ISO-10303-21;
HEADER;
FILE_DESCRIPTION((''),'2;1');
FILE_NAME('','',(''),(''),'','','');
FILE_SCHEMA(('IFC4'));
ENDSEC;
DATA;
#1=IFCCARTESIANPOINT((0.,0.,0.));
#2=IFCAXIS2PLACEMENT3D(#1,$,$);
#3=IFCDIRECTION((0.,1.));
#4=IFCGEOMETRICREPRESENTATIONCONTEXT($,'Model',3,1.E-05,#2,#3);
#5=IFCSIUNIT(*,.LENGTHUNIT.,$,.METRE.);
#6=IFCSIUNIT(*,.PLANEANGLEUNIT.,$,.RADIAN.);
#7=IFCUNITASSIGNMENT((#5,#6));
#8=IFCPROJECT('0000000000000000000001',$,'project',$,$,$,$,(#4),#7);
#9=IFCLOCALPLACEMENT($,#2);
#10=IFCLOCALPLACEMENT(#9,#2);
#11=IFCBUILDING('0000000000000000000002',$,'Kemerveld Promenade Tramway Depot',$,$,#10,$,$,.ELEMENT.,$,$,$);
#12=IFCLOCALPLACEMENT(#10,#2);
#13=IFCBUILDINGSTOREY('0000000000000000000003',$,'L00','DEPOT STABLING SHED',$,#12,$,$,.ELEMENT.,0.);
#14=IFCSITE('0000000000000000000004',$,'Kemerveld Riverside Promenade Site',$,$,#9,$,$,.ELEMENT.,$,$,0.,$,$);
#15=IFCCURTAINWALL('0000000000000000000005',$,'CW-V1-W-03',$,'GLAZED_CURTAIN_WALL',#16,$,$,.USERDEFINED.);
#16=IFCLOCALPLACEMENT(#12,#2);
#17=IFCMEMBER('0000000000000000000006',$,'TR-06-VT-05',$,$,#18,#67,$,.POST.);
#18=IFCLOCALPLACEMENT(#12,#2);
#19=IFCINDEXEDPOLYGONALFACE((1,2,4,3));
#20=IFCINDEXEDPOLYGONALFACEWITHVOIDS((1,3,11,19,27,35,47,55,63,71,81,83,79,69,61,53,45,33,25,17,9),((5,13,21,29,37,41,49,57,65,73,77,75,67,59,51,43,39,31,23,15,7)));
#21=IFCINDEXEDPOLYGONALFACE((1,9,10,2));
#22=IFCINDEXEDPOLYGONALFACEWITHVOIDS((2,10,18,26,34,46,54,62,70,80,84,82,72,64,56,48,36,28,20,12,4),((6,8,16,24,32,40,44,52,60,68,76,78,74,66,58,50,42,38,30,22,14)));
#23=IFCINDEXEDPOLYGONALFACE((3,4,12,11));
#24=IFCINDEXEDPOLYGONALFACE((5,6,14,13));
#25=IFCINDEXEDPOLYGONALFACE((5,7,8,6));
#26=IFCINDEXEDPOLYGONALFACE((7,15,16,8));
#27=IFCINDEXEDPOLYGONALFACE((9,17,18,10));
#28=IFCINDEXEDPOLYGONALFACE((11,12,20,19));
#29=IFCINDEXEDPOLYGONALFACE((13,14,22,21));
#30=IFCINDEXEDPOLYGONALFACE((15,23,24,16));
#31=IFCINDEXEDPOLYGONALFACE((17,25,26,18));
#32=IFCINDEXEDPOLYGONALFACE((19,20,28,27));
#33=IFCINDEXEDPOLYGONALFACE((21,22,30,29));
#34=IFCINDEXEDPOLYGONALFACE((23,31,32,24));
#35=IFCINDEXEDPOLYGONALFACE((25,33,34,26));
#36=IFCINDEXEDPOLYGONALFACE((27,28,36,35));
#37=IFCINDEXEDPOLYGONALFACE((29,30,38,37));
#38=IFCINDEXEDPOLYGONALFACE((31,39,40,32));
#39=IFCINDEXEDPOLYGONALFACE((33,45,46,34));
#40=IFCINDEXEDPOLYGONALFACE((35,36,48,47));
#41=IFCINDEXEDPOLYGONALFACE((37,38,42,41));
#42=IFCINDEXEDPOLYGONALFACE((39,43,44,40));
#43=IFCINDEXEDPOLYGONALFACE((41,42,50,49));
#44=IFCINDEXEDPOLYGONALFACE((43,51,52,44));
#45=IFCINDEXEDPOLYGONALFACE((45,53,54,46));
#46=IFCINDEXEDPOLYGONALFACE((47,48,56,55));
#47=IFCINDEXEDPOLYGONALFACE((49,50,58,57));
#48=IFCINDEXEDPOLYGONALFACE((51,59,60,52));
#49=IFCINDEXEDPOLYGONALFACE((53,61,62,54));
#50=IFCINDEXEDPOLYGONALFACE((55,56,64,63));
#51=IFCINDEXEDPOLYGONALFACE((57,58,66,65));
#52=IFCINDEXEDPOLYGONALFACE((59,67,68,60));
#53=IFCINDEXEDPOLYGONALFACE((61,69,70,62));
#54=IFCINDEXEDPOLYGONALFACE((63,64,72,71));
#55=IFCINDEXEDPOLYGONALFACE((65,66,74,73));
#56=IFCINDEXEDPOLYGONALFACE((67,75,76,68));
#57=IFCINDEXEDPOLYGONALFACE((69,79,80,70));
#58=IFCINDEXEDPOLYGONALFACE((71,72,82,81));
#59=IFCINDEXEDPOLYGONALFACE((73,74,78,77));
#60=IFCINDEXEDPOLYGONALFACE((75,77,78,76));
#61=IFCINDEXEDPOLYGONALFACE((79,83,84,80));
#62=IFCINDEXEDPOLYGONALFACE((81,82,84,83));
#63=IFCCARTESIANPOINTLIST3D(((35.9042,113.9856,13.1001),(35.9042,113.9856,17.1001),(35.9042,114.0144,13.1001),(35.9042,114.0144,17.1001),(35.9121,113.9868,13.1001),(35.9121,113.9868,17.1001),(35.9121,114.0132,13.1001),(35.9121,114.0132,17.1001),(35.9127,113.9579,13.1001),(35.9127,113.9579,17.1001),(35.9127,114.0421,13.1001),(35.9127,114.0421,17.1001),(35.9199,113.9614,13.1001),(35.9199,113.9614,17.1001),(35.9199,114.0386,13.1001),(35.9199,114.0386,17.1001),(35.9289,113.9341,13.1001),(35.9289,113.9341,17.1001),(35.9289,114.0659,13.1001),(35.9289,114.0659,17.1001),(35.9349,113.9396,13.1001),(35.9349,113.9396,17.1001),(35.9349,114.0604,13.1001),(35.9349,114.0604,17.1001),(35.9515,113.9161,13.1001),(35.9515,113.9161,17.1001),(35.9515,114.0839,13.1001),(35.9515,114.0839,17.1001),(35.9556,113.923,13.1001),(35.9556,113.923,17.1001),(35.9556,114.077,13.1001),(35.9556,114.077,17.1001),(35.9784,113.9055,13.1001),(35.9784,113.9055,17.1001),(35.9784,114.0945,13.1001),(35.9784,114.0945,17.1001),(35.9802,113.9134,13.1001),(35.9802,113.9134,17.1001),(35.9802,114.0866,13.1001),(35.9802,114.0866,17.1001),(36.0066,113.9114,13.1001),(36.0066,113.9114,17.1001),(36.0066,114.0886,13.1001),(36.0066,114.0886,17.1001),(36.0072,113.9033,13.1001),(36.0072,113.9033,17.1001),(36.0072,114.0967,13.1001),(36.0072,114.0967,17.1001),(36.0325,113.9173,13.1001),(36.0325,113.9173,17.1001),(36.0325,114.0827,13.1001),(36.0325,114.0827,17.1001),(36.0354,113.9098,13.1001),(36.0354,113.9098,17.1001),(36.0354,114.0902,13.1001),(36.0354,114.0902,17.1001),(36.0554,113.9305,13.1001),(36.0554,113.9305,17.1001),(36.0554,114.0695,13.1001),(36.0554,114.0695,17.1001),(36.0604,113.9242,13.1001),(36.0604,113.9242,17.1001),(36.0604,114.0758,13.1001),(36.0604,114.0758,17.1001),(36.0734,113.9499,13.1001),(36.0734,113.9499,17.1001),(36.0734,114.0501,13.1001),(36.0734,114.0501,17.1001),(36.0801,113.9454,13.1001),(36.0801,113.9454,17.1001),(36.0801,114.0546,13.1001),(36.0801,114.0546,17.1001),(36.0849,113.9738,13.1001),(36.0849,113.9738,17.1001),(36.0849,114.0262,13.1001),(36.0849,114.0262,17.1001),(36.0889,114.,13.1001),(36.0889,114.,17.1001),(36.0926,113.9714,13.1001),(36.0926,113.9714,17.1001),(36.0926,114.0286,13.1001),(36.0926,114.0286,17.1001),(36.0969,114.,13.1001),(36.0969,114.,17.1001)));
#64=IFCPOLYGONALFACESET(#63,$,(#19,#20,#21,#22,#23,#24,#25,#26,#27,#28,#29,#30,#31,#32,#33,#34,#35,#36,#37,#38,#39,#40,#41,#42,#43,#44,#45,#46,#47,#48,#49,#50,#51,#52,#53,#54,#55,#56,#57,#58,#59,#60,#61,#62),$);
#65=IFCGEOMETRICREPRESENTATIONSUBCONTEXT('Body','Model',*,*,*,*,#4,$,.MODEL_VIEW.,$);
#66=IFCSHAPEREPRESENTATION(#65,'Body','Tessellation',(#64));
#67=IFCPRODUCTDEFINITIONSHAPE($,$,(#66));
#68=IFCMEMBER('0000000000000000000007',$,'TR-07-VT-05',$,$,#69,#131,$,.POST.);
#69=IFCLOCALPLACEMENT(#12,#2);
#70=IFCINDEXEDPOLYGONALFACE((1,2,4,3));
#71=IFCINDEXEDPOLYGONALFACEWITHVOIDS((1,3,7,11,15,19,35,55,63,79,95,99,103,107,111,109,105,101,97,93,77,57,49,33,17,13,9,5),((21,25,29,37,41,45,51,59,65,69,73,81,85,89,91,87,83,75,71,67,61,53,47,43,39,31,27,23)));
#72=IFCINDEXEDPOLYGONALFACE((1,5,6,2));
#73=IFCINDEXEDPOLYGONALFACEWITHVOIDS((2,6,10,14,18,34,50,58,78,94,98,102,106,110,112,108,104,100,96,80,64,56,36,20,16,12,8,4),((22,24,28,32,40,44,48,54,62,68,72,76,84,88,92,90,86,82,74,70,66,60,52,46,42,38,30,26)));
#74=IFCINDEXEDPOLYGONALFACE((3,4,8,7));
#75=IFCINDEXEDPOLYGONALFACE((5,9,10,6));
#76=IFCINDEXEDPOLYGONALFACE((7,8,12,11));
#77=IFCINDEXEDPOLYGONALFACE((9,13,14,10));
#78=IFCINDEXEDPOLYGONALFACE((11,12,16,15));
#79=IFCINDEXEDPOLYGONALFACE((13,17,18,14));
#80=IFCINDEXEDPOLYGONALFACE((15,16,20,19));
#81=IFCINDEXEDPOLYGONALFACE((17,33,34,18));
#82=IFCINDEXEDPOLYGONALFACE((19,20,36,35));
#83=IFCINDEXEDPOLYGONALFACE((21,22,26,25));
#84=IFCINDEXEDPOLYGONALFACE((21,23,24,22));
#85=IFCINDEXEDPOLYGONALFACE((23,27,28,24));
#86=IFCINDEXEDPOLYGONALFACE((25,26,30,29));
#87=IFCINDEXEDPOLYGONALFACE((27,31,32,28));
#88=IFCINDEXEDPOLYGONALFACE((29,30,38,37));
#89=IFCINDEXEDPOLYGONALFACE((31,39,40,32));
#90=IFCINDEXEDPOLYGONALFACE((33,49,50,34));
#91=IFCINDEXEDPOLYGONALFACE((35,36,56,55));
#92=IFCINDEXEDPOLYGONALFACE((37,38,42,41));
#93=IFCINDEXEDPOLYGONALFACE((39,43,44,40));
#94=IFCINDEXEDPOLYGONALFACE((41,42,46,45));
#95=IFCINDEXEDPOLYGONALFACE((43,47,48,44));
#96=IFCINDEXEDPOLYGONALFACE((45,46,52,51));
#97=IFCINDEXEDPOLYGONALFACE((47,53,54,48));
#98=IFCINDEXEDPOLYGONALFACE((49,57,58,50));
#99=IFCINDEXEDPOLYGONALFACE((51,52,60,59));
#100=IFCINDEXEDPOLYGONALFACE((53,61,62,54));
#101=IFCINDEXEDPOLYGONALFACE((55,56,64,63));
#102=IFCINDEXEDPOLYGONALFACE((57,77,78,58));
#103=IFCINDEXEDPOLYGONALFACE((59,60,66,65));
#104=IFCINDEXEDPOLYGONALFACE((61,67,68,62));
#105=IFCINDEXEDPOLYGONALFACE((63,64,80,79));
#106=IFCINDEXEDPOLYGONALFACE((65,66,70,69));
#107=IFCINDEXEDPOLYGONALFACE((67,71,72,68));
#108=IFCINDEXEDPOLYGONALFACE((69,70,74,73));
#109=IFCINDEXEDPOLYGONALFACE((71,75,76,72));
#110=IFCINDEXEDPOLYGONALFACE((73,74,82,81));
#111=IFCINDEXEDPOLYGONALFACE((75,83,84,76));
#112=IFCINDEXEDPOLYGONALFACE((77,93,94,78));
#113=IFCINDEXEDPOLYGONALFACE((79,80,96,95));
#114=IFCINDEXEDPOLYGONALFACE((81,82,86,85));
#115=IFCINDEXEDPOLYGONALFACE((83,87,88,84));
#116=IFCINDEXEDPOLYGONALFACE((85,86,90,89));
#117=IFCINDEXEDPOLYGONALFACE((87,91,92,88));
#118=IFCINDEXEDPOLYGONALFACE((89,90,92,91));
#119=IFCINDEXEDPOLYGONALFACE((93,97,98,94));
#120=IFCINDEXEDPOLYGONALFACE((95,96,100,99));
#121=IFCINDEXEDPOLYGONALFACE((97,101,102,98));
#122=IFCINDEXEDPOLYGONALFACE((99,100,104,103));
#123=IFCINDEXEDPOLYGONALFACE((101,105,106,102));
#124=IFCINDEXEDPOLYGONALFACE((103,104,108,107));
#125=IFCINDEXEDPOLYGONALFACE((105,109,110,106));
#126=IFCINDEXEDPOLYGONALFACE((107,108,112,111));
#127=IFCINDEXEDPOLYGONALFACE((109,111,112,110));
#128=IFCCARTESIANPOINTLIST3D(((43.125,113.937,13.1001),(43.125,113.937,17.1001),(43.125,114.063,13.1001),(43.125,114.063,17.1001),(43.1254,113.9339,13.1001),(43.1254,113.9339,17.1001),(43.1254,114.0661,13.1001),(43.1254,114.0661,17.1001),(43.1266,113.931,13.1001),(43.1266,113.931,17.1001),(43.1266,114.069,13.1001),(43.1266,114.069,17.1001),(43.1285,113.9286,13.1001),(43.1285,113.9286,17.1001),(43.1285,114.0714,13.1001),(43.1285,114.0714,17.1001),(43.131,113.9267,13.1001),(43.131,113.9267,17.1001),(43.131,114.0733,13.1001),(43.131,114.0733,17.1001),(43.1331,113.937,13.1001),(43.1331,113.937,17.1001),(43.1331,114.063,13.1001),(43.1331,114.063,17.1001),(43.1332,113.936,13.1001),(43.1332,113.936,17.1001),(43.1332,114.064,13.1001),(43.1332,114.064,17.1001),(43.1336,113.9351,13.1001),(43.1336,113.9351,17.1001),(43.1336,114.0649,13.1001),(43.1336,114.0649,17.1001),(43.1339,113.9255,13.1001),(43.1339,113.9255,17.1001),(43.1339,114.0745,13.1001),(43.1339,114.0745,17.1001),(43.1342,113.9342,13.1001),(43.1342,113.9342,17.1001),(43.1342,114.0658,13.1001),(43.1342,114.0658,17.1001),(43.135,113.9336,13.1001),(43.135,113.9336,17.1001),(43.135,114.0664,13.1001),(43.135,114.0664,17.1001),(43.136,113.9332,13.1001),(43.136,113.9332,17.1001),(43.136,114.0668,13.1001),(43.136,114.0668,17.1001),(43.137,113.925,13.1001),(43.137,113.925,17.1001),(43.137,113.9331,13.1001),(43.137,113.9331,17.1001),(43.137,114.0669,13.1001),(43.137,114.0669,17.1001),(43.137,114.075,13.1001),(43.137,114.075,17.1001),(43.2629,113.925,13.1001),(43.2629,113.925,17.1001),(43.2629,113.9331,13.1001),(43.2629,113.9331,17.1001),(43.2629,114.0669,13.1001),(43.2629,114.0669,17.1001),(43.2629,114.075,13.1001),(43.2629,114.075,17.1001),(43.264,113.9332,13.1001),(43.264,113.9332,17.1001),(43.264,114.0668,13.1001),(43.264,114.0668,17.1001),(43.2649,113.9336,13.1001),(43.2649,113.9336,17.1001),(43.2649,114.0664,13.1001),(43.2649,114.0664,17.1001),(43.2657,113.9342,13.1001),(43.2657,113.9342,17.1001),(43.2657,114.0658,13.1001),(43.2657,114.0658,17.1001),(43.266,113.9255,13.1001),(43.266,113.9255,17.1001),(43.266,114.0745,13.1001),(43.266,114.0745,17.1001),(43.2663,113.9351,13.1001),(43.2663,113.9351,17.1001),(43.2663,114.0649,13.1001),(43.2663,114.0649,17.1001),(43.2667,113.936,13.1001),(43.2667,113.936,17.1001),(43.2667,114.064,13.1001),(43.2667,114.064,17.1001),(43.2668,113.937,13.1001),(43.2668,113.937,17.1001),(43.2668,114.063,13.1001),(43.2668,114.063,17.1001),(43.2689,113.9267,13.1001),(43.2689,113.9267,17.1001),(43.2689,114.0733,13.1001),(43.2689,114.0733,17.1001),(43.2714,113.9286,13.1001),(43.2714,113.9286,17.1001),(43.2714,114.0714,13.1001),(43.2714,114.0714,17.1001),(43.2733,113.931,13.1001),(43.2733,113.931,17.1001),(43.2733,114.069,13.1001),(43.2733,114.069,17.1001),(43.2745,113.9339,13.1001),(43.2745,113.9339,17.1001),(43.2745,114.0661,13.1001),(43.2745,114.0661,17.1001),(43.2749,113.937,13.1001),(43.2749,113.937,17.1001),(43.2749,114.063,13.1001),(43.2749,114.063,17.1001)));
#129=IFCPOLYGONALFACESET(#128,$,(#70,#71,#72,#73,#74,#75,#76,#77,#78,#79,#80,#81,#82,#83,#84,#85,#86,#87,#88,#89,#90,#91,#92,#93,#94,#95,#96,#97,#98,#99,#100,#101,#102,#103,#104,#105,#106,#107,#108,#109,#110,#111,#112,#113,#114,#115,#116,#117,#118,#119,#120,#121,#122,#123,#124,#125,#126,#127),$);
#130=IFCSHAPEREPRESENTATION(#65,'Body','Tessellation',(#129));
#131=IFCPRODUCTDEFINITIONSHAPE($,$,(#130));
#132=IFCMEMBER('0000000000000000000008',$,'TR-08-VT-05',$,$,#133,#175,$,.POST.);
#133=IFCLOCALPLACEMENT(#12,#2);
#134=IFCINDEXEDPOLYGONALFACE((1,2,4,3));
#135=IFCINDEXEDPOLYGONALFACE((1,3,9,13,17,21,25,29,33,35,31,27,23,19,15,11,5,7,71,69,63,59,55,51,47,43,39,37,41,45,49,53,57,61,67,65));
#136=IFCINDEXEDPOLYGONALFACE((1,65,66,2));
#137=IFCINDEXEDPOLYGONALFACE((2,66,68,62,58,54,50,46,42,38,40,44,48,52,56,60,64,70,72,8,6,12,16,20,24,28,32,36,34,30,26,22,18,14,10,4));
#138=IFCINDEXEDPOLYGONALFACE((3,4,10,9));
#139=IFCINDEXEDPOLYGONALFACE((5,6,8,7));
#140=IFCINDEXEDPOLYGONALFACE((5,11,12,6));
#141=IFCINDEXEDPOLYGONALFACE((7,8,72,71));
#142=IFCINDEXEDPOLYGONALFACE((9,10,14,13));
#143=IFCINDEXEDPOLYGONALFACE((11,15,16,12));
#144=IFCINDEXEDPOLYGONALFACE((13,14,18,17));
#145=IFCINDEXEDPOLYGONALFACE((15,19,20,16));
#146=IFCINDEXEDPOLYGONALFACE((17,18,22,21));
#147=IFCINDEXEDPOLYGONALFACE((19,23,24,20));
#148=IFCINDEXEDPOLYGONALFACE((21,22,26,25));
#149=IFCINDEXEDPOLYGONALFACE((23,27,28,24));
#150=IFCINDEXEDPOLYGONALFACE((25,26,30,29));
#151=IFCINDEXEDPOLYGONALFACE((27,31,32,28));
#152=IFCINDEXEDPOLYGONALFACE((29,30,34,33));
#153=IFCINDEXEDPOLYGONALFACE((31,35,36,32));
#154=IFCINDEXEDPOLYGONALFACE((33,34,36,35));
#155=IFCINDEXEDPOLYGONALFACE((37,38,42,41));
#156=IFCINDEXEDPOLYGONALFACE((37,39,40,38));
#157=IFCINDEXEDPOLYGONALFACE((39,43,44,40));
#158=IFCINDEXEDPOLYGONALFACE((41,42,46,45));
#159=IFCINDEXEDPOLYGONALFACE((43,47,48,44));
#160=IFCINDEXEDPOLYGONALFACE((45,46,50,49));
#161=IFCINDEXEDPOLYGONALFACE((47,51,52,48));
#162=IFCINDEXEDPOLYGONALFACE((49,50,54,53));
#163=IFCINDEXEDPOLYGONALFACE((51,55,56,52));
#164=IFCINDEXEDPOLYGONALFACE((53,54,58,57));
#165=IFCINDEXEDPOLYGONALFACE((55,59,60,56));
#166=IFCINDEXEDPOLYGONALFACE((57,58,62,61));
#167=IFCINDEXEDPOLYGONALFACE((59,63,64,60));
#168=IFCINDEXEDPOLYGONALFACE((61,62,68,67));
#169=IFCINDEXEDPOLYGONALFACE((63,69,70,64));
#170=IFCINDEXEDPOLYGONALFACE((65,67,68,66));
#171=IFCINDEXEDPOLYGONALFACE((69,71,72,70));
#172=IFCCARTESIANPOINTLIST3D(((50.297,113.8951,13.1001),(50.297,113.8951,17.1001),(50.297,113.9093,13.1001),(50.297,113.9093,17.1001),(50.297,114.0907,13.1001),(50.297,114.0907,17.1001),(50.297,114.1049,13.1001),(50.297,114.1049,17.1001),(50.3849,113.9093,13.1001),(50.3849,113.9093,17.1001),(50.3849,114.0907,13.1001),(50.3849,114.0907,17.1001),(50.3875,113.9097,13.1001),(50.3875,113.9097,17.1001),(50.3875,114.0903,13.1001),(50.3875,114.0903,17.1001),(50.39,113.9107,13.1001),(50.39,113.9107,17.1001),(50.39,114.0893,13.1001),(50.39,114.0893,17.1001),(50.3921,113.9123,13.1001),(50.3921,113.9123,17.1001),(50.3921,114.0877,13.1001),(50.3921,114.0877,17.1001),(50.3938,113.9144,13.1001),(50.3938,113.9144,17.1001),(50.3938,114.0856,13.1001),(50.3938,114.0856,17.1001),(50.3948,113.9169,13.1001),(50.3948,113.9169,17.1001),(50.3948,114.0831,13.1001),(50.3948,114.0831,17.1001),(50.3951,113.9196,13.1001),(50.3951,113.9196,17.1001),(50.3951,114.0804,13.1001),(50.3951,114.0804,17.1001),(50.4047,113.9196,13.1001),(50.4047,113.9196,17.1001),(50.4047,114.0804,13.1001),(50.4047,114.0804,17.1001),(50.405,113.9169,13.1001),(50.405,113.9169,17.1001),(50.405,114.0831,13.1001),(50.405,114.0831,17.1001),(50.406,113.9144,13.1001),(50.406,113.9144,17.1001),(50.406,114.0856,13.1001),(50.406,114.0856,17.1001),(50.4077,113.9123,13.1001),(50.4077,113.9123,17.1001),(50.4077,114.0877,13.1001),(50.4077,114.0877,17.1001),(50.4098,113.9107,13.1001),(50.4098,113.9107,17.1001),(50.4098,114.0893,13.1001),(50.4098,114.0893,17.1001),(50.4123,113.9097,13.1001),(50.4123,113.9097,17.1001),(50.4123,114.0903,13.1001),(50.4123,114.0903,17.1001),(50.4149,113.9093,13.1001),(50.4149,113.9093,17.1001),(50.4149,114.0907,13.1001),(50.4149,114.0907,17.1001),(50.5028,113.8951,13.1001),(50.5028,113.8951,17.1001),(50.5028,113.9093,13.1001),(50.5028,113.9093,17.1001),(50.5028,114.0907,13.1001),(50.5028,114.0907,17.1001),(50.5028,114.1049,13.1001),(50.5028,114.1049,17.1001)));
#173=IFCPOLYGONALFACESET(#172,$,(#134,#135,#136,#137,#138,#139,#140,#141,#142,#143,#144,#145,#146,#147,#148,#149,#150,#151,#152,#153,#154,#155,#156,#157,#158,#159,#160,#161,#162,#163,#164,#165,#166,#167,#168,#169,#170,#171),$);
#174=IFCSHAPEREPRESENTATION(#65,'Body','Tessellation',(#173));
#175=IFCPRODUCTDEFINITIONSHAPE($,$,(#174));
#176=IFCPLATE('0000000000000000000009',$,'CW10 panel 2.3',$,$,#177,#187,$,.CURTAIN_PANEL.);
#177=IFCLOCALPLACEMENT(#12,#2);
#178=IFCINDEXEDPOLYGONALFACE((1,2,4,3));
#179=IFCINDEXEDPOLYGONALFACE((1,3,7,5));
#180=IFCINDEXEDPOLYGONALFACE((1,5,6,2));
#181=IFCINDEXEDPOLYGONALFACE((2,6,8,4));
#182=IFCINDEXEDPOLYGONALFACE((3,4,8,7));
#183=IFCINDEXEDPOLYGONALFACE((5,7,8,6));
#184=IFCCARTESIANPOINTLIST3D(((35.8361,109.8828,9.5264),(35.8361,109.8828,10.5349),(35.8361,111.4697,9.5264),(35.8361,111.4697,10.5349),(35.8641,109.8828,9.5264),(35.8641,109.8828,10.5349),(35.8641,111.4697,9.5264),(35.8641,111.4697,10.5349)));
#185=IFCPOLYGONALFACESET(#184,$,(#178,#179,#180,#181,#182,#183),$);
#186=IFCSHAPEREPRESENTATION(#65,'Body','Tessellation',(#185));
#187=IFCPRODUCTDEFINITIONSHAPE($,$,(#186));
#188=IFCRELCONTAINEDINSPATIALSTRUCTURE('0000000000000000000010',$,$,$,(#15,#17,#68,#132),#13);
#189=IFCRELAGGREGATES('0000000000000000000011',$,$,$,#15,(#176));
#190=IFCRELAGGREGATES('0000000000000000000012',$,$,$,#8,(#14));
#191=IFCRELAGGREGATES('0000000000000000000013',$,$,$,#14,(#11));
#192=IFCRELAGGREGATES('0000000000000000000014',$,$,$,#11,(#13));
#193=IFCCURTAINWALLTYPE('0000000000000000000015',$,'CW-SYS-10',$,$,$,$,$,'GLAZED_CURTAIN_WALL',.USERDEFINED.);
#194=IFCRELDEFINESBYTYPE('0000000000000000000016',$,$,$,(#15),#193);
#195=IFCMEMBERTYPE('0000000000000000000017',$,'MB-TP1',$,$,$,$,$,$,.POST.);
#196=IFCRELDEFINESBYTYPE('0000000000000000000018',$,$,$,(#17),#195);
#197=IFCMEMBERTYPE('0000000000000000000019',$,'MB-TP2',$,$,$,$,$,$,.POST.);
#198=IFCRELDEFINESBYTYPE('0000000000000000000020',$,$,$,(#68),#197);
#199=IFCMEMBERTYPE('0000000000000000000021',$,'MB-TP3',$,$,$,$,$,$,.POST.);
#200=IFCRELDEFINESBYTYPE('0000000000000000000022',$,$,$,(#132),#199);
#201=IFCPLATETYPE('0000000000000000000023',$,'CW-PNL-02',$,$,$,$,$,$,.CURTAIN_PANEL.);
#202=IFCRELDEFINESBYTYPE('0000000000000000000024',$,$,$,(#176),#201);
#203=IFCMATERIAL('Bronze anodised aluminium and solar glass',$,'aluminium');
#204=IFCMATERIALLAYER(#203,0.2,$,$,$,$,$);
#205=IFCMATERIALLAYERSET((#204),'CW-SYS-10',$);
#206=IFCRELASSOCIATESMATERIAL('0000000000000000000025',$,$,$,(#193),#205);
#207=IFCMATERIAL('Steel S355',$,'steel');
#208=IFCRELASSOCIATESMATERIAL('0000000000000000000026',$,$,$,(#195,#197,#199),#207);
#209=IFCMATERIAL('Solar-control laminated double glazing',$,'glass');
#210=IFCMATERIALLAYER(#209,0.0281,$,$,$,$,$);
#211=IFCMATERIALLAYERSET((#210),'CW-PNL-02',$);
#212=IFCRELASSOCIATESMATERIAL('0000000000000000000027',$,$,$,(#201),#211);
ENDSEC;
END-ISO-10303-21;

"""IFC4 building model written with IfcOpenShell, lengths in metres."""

from ifc_helpers import new_model, si_unit, direction, frame, origin, origin_2d, place, context, subcontext, project, spatial, rectangle, hollow_rectangle, hollow_circle, i_section, extrude, material, layer, layer_set, material_profile, profile_set, type_object, element, aggregate, save


model = new_model("IFC4")

# Units and contexts
model_context = context("Model", 3, precision=1e-05, world=origin(), true_north=direction((0.0, 1.0)))
body_context = subcontext(model_context, "Body", "Model", "MODEL_VIEW")
ifc_project = project(units=[si_unit("LENGTHUNIT", "METRE"), si_unit("PLANEANGLEUNIT", "RADIAN")], contexts=[model_context])

# Site, building, storey
site_placement = place(None, origin())
site = spatial("IfcSite", under=ifc_project, at=site_placement, Name="Kemerveld Riverside Promenade Site", CompositionType="ELEMENT", RefElevation=0.0)
building_placement = place(site_placement, origin())
building = spatial("IfcBuilding", under=site, at=building_placement, Name="Kemerveld Promenade Tramway Depot", CompositionType="ELEMENT")
storey_placement = place(building_placement, origin())
storey = spatial("IfcBuildingStorey", under=building, at=storey_placement, Name="L00", Description="DEPOT STABLING SHED", CompositionType="ELEMENT", Elevation=0.0)

# Shared definitions
ifc_material_1 = material(Name="Steel S355", Category="steel")

# Curtain wall
ifc_material_2 = material(Name="Bronze anodised aluminium and solar glass", Category="aluminium")
ifc_layer_1 = layer(ifc_material_2, 0.2)
ifc_layer_set_1 = layer_set([ifc_layer_1], Name="CW-SYS-10")
curtain_wall_type = type_object("IfcCurtainWallType", Name="CW-SYS-10", ElementType="GLAZED_CURTAIN_WALL", PredefinedType="USERDEFINED", material=ifc_layer_set_1)
curtain_wall_placement = place(storey_placement, origin())
curtain_wall = element("IfcCurtainWall", 1, at=curtain_wall_placement, inside=storey, type_object=curtain_wall_type, Name="CW-V1-W-03", ObjectType="GLAZED_CURTAIN_WALL", PredefinedType="USERDEFINED")

# Members
ifc_material_profile_1 = material_profile(ifc_material_1, hollow_circle(Radius=0.0969, WallThickness=0.0081, at=origin_2d()), Name="193.7x8.0 CHS")
ifc_profile_set_1 = profile_set([ifc_material_profile_1], Name="Steel S355")
member_type_1 = type_object("IfcMemberType", Name="MB-TP1", PredefinedType="POST", material=ifc_profile_set_1)
member_1_placement = place(storey_placement, frame((36.0, 114.0, 13.1001), z_axis=(0.0, 0.0, 1.0), x_axis=(1.0, 0.0, 0.0)))
element("IfcMember", 2, at=member_1_placement, inside=storey, type_object=member_type_1, Name="TR-06-VT-05", PredefinedType="POST", context=body_context, shape_type="SweptSolid", body=[
    extrude(hollow_circle(Radius=0.0969, WallThickness=0.0081, at=origin_2d()), origin(), (0.0, 0.0, 1.0), 4.0),
])
ifc_material_profile_2 = material_profile(ifc_material_1, hollow_rectangle(XDim=0.1499, YDim=0.1499, WallThickness=0.0081, InnerFilletRadius=0.0039, OuterFilletRadius=0.012, at=origin_2d()), Name="150x150x8.0 SHS")
ifc_profile_set_2 = profile_set([ifc_material_profile_2], Name="Steel S355")
member_type_2 = type_object("IfcMemberType", Name="MB-TP2", PredefinedType="POST", material=ifc_profile_set_2)
member_2_placement = place(storey_placement, frame((43.2, 114.0, 13.1001), z_axis=(0.0, 0.0, 1.0), x_axis=(1.0, 0.0, 0.0)))
element("IfcMember", 3, at=member_2_placement, inside=storey, type_object=member_type_2, Name="TR-07-VT-05", PredefinedType="POST", context=body_context, shape_type="SweptSolid", body=[
    extrude(hollow_rectangle(XDim=0.1499, YDim=0.1499, WallThickness=0.0081, InnerFilletRadius=0.0039, OuterFilletRadius=0.012, at=origin_2d()), origin(), (0.0, 0.0, 1.0), 4.0),
])
ifc_material_profile_3 = material_profile(ifc_material_1, i_section(OverallWidth=0.2058, OverallDepth=0.2097, WebThickness=0.0095, FlangeThickness=0.0142, FilletRadius=0.0103, at=origin_2d()), Name="203x203x60 UC")
ifc_profile_set_3 = profile_set([ifc_material_profile_3], Name="Steel S355")
member_type_3 = type_object("IfcMemberType", Name="MB-TP3", PredefinedType="POST", material=ifc_profile_set_3)
member_3_placement = place(storey_placement, frame((50.3999, 114.0, 13.1001), z_axis=(0.0, 0.0, 1.0), x_axis=(1.0, 0.0, 0.0)))
element("IfcMember", 4, at=member_3_placement, inside=storey, type_object=member_type_3, Name="TR-08-VT-05", PredefinedType="POST", context=body_context, shape_type="SweptSolid", body=[
    extrude(i_section(OverallWidth=0.2058, OverallDepth=0.2097, WebThickness=0.0095, FlangeThickness=0.0142, FilletRadius=0.0103, at=origin_2d()), origin(), (0.0, 0.0, 1.0), 4.0),
])

# Plate
ifc_material_3 = material(Name="Solar-control laminated double glazing", Category="glass")
ifc_layer_2 = layer(ifc_material_3, 0.0281)
ifc_layer_set_2 = layer_set([ifc_layer_2], Name="CW-PNL-02")
plate_type_1 = type_object("IfcPlateType", Name="CW-PNL-02", PredefinedType="CURTAIN_PANEL", material=ifc_layer_set_2)
plate_1_placement = place(storey_placement, frame((35.8501, 110.6763, 9.5264), z_axis=(0.0, 0.0, 1.0), x_axis=(0.0, 1.0, 0.0)))
plate_1 = element("IfcPlate", 5, at=plate_1_placement, type_object=plate_type_1, Name="CW10 panel 2.3", PredefinedType="CURTAIN_PANEL", context=body_context, shape_type="SweptSolid", body=[
    extrude(rectangle(XDim=1.5869, YDim=0.0281, at=origin_2d()), origin(), (0.0, 0.0, 1.0), 1.0085),
])
aggregate(curtain_wall, [plate_1])

save(model, "model.ifc")
